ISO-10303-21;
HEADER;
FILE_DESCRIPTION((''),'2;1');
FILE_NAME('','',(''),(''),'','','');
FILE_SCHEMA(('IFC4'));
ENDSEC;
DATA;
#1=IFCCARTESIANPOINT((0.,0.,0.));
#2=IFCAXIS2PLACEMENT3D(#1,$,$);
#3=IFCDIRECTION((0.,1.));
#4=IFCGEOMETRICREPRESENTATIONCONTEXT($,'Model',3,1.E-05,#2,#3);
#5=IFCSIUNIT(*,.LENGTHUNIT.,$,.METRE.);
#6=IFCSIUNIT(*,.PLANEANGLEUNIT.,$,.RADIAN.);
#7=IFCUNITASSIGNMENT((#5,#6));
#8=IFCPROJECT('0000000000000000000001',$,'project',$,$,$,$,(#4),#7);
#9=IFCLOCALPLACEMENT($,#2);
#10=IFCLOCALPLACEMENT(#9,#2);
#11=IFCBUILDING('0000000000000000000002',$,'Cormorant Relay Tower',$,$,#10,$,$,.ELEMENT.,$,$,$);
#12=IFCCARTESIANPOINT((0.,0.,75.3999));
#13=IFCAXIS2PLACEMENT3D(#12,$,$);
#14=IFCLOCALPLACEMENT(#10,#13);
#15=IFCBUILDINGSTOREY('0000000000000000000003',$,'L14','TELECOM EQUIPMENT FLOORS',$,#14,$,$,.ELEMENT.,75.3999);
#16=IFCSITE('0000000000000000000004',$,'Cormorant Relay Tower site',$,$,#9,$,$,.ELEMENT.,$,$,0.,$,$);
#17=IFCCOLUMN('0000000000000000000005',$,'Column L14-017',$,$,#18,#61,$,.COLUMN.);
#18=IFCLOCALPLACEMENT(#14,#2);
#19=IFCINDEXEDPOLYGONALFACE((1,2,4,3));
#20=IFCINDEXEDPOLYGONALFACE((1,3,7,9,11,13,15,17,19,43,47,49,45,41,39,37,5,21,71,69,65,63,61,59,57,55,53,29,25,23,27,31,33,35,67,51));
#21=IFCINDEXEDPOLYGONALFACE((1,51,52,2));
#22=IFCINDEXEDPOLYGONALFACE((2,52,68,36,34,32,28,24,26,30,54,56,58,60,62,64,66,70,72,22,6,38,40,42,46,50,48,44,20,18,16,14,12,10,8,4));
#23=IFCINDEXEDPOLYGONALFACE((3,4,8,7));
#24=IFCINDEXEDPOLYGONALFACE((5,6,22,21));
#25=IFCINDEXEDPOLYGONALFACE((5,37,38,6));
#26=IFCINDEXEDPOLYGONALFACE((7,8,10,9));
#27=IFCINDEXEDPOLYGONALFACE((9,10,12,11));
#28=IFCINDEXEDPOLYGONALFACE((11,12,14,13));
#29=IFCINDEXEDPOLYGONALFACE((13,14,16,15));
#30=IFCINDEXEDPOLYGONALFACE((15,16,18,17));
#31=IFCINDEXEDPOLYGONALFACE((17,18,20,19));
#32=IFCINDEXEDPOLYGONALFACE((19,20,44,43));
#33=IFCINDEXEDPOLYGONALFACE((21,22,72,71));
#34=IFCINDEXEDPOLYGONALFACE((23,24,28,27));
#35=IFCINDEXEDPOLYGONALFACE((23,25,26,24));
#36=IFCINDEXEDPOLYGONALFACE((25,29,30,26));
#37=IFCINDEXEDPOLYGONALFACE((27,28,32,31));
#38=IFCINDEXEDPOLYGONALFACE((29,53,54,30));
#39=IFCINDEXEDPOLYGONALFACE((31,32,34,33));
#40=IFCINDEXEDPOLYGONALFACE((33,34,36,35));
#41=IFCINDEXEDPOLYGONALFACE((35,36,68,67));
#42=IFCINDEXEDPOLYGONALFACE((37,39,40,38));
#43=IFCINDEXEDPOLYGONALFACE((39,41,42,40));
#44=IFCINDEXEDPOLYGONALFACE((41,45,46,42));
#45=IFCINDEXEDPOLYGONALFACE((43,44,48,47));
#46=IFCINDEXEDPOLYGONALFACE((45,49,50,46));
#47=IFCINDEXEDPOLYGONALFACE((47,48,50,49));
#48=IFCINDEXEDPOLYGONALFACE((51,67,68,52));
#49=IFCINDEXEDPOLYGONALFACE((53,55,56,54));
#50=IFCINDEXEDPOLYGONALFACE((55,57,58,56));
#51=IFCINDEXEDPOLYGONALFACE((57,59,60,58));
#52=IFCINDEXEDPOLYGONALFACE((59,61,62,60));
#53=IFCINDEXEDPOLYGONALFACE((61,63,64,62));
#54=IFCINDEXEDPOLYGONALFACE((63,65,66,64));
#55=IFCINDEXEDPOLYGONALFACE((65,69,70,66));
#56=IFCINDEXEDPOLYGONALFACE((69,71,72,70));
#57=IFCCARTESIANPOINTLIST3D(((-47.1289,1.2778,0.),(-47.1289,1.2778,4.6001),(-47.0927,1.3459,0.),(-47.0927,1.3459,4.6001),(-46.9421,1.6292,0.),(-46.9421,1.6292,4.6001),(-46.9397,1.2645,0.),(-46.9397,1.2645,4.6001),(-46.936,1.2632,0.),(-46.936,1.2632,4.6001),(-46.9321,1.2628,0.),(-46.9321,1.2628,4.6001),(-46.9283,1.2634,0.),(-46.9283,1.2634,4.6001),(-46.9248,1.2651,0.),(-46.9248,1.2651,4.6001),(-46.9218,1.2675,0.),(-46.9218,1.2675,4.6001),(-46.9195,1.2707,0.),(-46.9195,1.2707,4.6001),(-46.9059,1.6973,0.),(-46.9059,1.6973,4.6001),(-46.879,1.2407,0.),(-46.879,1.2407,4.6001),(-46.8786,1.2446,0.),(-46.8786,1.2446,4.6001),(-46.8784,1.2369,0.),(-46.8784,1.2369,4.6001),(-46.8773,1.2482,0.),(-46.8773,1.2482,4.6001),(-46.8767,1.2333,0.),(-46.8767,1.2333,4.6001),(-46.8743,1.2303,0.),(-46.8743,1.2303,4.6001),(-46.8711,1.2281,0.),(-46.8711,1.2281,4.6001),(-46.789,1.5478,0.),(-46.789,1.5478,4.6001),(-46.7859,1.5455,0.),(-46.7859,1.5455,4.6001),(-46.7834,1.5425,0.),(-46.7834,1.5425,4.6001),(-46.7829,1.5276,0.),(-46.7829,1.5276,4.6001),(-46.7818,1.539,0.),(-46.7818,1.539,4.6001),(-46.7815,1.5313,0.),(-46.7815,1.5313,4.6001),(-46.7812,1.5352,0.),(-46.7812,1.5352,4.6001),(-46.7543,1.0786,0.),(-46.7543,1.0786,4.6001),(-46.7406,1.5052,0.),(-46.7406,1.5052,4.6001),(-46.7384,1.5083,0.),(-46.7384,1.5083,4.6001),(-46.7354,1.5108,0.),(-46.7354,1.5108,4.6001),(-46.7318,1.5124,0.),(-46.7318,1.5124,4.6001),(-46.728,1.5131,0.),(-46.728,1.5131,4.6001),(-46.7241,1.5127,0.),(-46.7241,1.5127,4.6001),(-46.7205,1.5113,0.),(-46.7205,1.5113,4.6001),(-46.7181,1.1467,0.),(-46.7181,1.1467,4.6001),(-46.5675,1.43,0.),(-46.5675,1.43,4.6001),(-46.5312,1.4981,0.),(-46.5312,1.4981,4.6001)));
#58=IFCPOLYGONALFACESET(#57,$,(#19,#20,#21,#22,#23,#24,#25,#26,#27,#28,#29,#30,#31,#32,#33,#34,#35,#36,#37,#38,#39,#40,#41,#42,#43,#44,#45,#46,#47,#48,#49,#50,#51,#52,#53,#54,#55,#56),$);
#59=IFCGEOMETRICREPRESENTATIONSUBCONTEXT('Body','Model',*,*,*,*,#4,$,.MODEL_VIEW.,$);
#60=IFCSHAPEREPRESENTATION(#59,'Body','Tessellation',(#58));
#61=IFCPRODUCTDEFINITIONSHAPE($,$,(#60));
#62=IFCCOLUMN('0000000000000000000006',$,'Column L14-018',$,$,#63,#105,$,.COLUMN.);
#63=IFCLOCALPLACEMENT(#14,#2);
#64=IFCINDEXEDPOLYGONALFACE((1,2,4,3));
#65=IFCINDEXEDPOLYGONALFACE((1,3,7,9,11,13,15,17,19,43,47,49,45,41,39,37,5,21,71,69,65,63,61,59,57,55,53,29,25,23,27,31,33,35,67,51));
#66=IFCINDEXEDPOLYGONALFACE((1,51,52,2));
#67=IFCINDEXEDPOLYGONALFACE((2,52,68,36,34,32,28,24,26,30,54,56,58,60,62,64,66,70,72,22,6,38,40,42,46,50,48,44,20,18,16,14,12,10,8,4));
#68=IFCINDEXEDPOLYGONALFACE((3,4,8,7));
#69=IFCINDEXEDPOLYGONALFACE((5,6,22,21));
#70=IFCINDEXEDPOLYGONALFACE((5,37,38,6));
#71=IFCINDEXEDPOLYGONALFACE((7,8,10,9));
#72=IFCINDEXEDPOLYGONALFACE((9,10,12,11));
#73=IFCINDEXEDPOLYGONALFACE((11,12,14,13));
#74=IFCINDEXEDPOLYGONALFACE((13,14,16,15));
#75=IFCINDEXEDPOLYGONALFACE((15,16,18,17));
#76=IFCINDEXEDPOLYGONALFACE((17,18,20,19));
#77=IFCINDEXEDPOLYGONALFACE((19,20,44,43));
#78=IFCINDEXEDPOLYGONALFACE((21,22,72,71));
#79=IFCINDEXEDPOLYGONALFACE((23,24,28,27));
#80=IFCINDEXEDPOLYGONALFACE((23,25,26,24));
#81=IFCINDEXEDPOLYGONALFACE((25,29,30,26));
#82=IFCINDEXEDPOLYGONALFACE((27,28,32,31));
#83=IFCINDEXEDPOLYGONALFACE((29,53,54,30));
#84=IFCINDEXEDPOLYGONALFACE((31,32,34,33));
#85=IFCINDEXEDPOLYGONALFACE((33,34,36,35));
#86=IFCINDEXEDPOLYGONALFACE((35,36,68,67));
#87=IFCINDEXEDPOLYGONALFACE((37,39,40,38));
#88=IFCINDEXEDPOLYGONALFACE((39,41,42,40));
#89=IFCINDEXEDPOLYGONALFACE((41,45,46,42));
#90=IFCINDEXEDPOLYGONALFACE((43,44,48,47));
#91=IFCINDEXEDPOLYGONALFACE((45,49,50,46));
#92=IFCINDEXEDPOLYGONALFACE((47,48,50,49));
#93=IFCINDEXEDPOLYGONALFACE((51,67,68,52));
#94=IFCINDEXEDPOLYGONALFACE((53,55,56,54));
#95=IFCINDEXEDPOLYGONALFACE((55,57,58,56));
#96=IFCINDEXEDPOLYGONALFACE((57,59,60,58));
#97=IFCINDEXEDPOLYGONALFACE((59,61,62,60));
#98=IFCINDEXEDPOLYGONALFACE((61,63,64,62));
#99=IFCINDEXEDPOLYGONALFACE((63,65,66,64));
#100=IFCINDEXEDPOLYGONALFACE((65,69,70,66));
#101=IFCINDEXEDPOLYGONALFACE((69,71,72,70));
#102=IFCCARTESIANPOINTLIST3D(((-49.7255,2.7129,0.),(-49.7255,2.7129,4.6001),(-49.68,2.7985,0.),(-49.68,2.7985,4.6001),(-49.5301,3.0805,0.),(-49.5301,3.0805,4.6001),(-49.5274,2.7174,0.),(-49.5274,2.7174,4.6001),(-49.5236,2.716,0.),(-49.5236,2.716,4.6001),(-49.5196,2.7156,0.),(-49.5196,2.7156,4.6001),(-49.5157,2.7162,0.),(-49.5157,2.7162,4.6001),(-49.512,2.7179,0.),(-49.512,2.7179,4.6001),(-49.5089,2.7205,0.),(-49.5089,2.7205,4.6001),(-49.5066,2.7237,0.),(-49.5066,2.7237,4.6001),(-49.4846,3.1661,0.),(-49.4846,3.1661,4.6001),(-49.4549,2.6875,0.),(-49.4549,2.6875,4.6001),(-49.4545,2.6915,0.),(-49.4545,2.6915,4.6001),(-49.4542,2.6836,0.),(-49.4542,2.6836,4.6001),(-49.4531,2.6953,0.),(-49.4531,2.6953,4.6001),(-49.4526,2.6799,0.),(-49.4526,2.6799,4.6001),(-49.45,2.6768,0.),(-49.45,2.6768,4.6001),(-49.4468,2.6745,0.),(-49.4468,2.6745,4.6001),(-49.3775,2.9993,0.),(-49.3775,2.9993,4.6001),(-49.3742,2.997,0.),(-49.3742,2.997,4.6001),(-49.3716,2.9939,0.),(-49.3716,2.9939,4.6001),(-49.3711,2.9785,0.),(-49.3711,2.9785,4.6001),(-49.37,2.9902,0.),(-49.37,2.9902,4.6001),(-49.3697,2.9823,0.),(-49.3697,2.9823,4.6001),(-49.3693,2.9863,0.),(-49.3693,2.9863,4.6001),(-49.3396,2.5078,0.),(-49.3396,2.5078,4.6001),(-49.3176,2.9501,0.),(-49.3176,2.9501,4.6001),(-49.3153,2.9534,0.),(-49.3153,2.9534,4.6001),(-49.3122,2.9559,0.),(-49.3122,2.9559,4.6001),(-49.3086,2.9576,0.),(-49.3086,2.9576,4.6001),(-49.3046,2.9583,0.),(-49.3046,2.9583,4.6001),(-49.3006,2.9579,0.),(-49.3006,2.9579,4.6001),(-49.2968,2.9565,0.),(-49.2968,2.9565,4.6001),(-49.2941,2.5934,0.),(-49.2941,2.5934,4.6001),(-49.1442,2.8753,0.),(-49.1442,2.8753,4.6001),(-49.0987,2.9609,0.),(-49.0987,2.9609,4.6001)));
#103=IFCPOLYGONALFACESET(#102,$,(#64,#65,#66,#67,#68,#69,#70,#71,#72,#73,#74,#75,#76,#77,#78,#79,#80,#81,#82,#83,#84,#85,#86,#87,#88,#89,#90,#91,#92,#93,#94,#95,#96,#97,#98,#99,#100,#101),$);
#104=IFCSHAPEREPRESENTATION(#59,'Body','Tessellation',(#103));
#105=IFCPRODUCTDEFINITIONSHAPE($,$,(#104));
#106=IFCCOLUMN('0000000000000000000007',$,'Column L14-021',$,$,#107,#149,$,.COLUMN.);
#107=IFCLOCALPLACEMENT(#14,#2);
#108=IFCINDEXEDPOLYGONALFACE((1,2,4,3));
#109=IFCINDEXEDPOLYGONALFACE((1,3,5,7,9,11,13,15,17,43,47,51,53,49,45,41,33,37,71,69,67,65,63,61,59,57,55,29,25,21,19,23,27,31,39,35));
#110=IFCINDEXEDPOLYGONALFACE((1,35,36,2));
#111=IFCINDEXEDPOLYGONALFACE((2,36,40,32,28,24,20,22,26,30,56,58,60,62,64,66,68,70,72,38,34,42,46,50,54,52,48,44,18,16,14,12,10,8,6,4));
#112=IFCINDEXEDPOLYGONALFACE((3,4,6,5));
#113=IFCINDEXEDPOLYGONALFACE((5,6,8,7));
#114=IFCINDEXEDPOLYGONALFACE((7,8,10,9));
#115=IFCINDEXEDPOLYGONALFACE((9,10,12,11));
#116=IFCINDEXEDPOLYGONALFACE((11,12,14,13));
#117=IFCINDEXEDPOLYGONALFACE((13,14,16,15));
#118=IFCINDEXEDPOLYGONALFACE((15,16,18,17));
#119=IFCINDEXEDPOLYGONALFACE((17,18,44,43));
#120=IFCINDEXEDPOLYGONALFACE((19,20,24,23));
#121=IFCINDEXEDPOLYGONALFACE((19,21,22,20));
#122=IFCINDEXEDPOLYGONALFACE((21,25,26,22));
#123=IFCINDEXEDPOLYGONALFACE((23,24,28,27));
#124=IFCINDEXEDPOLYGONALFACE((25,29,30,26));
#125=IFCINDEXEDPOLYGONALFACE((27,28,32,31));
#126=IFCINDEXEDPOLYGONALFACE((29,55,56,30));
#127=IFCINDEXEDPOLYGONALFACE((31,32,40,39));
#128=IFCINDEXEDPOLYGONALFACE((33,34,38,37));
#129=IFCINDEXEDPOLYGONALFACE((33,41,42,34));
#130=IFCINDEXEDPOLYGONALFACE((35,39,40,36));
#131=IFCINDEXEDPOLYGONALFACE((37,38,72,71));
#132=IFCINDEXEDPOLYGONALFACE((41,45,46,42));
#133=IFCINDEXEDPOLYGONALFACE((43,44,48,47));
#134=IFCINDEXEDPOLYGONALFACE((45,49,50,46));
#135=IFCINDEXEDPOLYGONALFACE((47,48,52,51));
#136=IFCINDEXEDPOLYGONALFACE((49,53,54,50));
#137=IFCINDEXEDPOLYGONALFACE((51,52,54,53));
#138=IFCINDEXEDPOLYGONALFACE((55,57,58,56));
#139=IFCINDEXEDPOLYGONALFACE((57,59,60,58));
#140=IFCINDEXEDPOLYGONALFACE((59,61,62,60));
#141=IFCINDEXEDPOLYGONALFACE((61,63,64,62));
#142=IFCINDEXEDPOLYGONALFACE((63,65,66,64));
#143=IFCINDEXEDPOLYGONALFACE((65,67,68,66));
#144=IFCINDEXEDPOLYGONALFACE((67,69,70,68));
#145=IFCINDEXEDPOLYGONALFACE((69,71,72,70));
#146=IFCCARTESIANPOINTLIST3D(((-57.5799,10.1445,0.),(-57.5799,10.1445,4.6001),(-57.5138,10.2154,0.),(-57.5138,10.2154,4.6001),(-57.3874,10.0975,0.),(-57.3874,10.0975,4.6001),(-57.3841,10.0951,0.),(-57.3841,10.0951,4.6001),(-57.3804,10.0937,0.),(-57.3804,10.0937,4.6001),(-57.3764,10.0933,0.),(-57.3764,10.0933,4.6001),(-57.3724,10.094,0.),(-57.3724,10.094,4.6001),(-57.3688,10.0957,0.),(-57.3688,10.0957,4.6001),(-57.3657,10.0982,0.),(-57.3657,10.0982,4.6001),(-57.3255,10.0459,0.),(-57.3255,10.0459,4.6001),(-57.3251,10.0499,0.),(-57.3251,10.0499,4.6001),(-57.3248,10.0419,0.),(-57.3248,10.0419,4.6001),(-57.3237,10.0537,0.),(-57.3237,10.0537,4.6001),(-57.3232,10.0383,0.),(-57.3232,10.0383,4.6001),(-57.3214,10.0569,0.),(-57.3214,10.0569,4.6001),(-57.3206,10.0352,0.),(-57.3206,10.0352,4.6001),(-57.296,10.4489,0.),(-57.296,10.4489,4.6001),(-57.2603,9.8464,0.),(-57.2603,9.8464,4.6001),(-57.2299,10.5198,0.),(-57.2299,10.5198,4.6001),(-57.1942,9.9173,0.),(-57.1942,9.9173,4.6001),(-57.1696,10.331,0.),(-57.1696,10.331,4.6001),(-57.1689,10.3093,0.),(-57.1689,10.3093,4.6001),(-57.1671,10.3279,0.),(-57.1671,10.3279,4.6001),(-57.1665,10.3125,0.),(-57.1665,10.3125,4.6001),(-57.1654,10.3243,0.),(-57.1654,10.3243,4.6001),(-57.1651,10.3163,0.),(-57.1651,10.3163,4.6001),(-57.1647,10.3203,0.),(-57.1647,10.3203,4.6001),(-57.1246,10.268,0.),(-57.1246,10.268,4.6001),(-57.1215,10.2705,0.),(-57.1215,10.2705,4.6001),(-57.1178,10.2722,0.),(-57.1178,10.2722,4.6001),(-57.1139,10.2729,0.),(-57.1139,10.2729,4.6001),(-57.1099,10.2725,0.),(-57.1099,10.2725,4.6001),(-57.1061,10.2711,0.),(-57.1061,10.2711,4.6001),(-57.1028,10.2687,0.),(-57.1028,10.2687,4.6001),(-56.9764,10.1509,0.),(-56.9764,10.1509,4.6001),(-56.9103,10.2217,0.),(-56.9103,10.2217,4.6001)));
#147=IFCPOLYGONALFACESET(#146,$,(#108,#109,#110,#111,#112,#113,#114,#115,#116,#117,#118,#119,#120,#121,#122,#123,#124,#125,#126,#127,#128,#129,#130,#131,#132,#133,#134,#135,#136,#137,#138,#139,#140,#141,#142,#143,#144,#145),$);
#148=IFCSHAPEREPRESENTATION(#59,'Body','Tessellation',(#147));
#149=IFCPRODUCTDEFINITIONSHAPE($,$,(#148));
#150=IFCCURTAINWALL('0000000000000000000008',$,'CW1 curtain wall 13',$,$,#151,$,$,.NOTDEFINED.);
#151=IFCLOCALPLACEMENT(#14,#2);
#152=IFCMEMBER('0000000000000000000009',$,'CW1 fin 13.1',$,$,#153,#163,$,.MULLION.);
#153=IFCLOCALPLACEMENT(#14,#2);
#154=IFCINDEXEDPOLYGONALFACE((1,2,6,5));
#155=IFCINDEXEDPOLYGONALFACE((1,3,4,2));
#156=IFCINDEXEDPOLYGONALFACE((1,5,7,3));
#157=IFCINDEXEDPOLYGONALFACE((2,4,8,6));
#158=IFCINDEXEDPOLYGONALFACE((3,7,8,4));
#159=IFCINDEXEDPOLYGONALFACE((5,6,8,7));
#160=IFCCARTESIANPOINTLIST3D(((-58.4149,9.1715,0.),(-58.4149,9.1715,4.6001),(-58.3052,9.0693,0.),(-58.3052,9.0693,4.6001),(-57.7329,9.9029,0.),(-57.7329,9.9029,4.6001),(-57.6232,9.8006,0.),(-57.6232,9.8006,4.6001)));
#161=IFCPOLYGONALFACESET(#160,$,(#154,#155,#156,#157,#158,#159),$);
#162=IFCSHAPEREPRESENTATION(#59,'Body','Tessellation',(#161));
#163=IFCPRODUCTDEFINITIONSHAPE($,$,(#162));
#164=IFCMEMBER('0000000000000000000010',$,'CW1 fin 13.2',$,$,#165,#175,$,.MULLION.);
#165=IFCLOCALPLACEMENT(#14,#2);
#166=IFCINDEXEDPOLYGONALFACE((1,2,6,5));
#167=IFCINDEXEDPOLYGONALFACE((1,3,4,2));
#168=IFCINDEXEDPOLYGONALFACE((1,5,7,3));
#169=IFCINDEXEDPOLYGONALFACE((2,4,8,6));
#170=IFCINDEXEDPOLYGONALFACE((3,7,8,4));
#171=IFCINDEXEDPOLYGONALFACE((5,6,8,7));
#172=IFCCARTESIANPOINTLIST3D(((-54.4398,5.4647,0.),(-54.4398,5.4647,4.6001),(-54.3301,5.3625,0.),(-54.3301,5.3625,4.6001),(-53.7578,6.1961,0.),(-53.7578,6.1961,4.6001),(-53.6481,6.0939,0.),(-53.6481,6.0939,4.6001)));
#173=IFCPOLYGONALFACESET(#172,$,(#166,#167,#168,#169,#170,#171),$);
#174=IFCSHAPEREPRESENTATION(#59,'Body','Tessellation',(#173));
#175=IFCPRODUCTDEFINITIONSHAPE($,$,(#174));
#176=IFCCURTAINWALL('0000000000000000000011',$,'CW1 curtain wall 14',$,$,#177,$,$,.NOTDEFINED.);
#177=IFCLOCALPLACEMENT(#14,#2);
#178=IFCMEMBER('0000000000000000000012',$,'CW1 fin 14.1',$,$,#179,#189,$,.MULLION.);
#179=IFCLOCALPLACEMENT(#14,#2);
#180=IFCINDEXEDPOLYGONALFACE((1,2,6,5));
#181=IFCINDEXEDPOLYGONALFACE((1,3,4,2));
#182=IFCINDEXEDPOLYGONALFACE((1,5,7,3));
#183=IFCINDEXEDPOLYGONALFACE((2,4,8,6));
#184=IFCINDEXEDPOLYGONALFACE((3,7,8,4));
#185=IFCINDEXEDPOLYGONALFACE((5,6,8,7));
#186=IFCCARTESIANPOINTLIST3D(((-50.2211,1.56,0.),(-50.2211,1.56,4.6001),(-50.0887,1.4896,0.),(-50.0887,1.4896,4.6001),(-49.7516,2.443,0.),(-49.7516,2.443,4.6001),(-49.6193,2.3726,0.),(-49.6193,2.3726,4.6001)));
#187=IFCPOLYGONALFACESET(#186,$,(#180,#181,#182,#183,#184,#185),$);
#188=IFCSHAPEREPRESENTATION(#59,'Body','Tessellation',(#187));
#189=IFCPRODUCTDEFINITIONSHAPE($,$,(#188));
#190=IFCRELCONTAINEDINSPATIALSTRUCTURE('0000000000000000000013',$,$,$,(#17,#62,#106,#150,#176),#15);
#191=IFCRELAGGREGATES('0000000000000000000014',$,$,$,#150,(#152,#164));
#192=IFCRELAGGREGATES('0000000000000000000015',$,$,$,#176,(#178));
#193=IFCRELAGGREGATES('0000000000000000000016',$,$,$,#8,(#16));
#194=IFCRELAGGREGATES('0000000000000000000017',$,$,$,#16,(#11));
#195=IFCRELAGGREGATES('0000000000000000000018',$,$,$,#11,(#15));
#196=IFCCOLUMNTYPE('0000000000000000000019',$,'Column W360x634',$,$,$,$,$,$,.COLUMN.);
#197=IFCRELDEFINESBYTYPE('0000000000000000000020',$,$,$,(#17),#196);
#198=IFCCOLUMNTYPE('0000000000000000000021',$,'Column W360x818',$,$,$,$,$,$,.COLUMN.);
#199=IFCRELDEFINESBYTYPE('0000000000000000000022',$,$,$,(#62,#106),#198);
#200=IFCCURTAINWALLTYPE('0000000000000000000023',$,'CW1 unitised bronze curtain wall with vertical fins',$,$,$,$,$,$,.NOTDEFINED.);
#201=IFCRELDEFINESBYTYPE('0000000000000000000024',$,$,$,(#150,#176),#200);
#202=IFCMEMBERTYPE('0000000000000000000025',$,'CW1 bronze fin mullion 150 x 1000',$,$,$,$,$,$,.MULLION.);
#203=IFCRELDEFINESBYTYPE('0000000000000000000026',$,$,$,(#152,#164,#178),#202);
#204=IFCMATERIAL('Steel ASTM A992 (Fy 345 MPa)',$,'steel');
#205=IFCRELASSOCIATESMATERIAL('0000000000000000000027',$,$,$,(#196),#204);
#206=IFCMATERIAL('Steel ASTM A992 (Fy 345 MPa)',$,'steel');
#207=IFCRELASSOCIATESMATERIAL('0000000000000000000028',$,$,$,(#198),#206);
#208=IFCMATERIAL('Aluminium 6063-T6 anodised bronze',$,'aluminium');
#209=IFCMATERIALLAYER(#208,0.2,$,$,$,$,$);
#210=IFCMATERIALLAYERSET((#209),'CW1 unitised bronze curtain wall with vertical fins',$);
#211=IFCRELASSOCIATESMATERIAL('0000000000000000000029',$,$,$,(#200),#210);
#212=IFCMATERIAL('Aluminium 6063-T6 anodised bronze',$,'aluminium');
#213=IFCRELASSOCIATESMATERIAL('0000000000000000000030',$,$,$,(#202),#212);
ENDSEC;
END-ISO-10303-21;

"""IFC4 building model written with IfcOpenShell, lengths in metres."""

from ifc_helpers import new_model, si_unit, direction, frame, origin, origin_2d, place, context, subcontext, project, spatial, rectangle, i_section, extrude, material, layer, layer_set, material_profile, profile_set, type_object, element, aggregate, save


model = new_model("IFC4")

# Units and contexts
model_context = context("Model", 3, precision=1e-05, world=origin(), true_north=direction((0.0, 1.0)))
body_context = subcontext(model_context, "Body", "Model", "MODEL_VIEW")
ifc_project = project(units=[si_unit("LENGTHUNIT", "METRE"), si_unit("PLANEANGLEUNIT", "RADIAN")], contexts=[model_context])

# Site, building, storey
site_placement = place(None, origin())
site = spatial("IfcSite", under=ifc_project, at=site_placement, Name="Cormorant Relay Tower site", CompositionType="ELEMENT", RefElevation=0.0)
building_placement = place(site_placement, origin())
building = spatial("IfcBuilding", under=site, at=building_placement, Name="Cormorant Relay Tower", CompositionType="ELEMENT")
storey_placement = place(building_placement, frame((0.0, 0.0, 75.3999)))
storey = spatial("IfcBuildingStorey", under=building, at=storey_placement, Name="L14", Description="TELECOM EQUIPMENT FLOORS", CompositionType="ELEMENT", Elevation=75.3999)

# Columns
ifc_material_1 = material(Name="Steel ASTM A992 (Fy 345 MPa)", Category="steel")
ifc_material_profile_1 = material_profile(ifc_material_1, i_section(OverallWidth=0.4243, OverallDepth=0.4751, WebThickness=0.0479, FlangeThickness=0.0771, FilletRadius=0.0149, at=origin_2d()), Name="W360x634")
ifc_profile_set_1 = profile_set([ifc_material_profile_1], Name="Steel ASTM A992 (Fy 345 MPa)")
column_type_1 = type_object("IfcColumnType", Name="Column W360x634", PredefinedType="COLUMN", material=ifc_profile_set_1)
column_placement = place(storey_placement, frame((-46.8301, 1.3879, 0.0), z_axis=(0.0, 0.0, 1.0), x_axis=(0.882948, -0.469472, 0.0)))
element("IfcColumn", 1, at=column_placement, inside=storey, type_object=column_type_1, Name="Column L14-017", PredefinedType="COLUMN", context=body_context, shape_type="SweptSolid", body=[
    extrude(i_section(OverallWidth=0.4243, OverallDepth=0.4751, WebThickness=0.0479, FlangeThickness=0.0771, FilletRadius=0.0149, at=origin_2d()), origin(), (0.0, 0.0, 1.0), 4.6001),
])
ifc_material_2 = material(Name="Steel ASTM A992 (Fy 345 MPa)", Category="steel")
ifc_material_profile_2 = material_profile(ifc_material_2, i_section(OverallWidth=0.437, OverallDepth=0.5132, WebThickness=0.0605, FlangeThickness=0.0969, FilletRadius=0.0154, at=origin_2d()), Name="W360x818")
ifc_profile_set_2 = profile_set([ifc_material_profile_2], Name="Steel ASTM A992 (Fy 345 MPa)")
column_type_2 = type_object("IfcColumnType", Name="Column W360x818", PredefinedType="COLUMN", material=ifc_profile_set_2)
for number, where, z_axis, x_axis, name in (
    (2, (-49.4121, 2.8369, 0.0), (0.0, 0.0, 1.0), (0.882948, -0.469472, 0.0), "Column L14-018"),
    (3, (-57.2451, 10.1831, 0.0), (0.0, 0.0, 1.0), (0.731354, -0.681998, 0.0), "Column L14-021"),
):
    element("IfcColumn", number, at=place(storey_placement, frame(where, z_axis=z_axis, x_axis=x_axis)), inside=storey, type_object=column_type_2, Name=name, PredefinedType="COLUMN", context=body_context, shape_type="SweptSolid", body=[
        extrude(i_section(OverallWidth=0.437, OverallDepth=0.5132, WebThickness=0.0605, FlangeThickness=0.0969, FilletRadius=0.0154, at=origin_2d()), origin(), (0.0, 0.0, 1.0), 4.6001),
    ])

# Curtain wall, members
ifc_material_3 = material(Name="Aluminium 6063-T6 anodised bronze", Category="aluminium")
ifc_layer_1 = layer(ifc_material_3, 0.2)
ifc_layer_set_1 = layer_set([ifc_layer_1], Name="CW1 unitised bronze curtain wall with vertical fins")
curtain_wall_type = type_object("IfcCurtainWallType", Name="CW1 unitised bronze curtain wall with vertical fins", PredefinedType="NOTDEFINED", material=ifc_layer_set_1)
curtain_wall_1_placement = place(storey_placement, origin())
curtain_wall_1 = element("IfcCurtainWall", 4, at=curtain_wall_1_placement, inside=storey, type_object=curtain_wall_type, Name="CW1 curtain wall 13", PredefinedType="NOTDEFINED")
ifc_material_4 = material(Name="Aluminium 6063-T6 anodised bronze", Category="aluminium")
ifc_material_profile_3 = material_profile(ifc_material_4, rectangle(XDim=0.1499, YDim=1.0, at=origin_2d()), Name="AL 150x1000")
ifc_profile_set_3 = profile_set([ifc_material_profile_3], Name="Aluminium 6063-T6 anodised bronze")
member_type_1 = type_object("IfcMemberType", Name="CW1 bronze fin mullion 150 x 1000", PredefinedType="MULLION", material=ifc_profile_set_3)
member_1_placement = place(storey_placement, frame((-58.019, 9.4861, 0.0), z_axis=(0.0, 0.0, 1.0), x_axis=(0.731354, -0.681998, 0.0)))
member_1 = element("IfcMember", 5, at=member_1_placement, type_object=member_type_1, Name="CW1 fin 13.1", PredefinedType="MULLION", context=body_context, shape_type="SweptSolid", body=[
    extrude(rectangle(XDim=0.1499, YDim=1.0, at=origin_2d()), origin(), (0.0, 0.0, 1.0), 4.6001),
])
member_2_placement = place(storey_placement, frame((-54.0439, 5.7793, 0.0), z_axis=(0.0, 0.0, 1.0), x_axis=(0.731354, -0.681998, 0.0)))
member_2 = element("IfcMember", 6, at=member_2_placement, type_object=member_type_1, Name="CW1 fin 13.2", PredefinedType="MULLION", context=body_context, shape_type="SweptSolid", body=[
    extrude(rectangle(XDim=0.1499, YDim=1.0, at=origin_2d()), origin(), (0.0, 0.0, 1.0), 4.6001),
])

# Curtain wall, member
curtain_wall_2_placement = place(storey_placement, origin())
curtain_wall_2 = element("IfcCurtainWall", 7, at=curtain_wall_2_placement, inside=storey, type_object=curtain_wall_type, Name="CW1 curtain wall 14", PredefinedType="NOTDEFINED")
member_3_placement = place(storey_placement, frame((-49.9202, 1.9663, 0.0), z_axis=(0.0, 0.0, 1.0), x_axis=(0.882948, -0.469472, 0.0)))
member_3 = element("IfcMember", 8, at=member_3_placement, type_object=member_type_1, Name="CW1 fin 14.1", PredefinedType="MULLION", context=body_context, shape_type="SweptSolid", body=[
    extrude(rectangle(XDim=0.1499, YDim=1.0, at=origin_2d()), origin(), (0.0, 0.0, 1.0), 4.6001),
])

aggregate(curtain_wall_1, [member_1, member_2])
aggregate(curtain_wall_2, [member_3])

save(model, "model.ifc")
